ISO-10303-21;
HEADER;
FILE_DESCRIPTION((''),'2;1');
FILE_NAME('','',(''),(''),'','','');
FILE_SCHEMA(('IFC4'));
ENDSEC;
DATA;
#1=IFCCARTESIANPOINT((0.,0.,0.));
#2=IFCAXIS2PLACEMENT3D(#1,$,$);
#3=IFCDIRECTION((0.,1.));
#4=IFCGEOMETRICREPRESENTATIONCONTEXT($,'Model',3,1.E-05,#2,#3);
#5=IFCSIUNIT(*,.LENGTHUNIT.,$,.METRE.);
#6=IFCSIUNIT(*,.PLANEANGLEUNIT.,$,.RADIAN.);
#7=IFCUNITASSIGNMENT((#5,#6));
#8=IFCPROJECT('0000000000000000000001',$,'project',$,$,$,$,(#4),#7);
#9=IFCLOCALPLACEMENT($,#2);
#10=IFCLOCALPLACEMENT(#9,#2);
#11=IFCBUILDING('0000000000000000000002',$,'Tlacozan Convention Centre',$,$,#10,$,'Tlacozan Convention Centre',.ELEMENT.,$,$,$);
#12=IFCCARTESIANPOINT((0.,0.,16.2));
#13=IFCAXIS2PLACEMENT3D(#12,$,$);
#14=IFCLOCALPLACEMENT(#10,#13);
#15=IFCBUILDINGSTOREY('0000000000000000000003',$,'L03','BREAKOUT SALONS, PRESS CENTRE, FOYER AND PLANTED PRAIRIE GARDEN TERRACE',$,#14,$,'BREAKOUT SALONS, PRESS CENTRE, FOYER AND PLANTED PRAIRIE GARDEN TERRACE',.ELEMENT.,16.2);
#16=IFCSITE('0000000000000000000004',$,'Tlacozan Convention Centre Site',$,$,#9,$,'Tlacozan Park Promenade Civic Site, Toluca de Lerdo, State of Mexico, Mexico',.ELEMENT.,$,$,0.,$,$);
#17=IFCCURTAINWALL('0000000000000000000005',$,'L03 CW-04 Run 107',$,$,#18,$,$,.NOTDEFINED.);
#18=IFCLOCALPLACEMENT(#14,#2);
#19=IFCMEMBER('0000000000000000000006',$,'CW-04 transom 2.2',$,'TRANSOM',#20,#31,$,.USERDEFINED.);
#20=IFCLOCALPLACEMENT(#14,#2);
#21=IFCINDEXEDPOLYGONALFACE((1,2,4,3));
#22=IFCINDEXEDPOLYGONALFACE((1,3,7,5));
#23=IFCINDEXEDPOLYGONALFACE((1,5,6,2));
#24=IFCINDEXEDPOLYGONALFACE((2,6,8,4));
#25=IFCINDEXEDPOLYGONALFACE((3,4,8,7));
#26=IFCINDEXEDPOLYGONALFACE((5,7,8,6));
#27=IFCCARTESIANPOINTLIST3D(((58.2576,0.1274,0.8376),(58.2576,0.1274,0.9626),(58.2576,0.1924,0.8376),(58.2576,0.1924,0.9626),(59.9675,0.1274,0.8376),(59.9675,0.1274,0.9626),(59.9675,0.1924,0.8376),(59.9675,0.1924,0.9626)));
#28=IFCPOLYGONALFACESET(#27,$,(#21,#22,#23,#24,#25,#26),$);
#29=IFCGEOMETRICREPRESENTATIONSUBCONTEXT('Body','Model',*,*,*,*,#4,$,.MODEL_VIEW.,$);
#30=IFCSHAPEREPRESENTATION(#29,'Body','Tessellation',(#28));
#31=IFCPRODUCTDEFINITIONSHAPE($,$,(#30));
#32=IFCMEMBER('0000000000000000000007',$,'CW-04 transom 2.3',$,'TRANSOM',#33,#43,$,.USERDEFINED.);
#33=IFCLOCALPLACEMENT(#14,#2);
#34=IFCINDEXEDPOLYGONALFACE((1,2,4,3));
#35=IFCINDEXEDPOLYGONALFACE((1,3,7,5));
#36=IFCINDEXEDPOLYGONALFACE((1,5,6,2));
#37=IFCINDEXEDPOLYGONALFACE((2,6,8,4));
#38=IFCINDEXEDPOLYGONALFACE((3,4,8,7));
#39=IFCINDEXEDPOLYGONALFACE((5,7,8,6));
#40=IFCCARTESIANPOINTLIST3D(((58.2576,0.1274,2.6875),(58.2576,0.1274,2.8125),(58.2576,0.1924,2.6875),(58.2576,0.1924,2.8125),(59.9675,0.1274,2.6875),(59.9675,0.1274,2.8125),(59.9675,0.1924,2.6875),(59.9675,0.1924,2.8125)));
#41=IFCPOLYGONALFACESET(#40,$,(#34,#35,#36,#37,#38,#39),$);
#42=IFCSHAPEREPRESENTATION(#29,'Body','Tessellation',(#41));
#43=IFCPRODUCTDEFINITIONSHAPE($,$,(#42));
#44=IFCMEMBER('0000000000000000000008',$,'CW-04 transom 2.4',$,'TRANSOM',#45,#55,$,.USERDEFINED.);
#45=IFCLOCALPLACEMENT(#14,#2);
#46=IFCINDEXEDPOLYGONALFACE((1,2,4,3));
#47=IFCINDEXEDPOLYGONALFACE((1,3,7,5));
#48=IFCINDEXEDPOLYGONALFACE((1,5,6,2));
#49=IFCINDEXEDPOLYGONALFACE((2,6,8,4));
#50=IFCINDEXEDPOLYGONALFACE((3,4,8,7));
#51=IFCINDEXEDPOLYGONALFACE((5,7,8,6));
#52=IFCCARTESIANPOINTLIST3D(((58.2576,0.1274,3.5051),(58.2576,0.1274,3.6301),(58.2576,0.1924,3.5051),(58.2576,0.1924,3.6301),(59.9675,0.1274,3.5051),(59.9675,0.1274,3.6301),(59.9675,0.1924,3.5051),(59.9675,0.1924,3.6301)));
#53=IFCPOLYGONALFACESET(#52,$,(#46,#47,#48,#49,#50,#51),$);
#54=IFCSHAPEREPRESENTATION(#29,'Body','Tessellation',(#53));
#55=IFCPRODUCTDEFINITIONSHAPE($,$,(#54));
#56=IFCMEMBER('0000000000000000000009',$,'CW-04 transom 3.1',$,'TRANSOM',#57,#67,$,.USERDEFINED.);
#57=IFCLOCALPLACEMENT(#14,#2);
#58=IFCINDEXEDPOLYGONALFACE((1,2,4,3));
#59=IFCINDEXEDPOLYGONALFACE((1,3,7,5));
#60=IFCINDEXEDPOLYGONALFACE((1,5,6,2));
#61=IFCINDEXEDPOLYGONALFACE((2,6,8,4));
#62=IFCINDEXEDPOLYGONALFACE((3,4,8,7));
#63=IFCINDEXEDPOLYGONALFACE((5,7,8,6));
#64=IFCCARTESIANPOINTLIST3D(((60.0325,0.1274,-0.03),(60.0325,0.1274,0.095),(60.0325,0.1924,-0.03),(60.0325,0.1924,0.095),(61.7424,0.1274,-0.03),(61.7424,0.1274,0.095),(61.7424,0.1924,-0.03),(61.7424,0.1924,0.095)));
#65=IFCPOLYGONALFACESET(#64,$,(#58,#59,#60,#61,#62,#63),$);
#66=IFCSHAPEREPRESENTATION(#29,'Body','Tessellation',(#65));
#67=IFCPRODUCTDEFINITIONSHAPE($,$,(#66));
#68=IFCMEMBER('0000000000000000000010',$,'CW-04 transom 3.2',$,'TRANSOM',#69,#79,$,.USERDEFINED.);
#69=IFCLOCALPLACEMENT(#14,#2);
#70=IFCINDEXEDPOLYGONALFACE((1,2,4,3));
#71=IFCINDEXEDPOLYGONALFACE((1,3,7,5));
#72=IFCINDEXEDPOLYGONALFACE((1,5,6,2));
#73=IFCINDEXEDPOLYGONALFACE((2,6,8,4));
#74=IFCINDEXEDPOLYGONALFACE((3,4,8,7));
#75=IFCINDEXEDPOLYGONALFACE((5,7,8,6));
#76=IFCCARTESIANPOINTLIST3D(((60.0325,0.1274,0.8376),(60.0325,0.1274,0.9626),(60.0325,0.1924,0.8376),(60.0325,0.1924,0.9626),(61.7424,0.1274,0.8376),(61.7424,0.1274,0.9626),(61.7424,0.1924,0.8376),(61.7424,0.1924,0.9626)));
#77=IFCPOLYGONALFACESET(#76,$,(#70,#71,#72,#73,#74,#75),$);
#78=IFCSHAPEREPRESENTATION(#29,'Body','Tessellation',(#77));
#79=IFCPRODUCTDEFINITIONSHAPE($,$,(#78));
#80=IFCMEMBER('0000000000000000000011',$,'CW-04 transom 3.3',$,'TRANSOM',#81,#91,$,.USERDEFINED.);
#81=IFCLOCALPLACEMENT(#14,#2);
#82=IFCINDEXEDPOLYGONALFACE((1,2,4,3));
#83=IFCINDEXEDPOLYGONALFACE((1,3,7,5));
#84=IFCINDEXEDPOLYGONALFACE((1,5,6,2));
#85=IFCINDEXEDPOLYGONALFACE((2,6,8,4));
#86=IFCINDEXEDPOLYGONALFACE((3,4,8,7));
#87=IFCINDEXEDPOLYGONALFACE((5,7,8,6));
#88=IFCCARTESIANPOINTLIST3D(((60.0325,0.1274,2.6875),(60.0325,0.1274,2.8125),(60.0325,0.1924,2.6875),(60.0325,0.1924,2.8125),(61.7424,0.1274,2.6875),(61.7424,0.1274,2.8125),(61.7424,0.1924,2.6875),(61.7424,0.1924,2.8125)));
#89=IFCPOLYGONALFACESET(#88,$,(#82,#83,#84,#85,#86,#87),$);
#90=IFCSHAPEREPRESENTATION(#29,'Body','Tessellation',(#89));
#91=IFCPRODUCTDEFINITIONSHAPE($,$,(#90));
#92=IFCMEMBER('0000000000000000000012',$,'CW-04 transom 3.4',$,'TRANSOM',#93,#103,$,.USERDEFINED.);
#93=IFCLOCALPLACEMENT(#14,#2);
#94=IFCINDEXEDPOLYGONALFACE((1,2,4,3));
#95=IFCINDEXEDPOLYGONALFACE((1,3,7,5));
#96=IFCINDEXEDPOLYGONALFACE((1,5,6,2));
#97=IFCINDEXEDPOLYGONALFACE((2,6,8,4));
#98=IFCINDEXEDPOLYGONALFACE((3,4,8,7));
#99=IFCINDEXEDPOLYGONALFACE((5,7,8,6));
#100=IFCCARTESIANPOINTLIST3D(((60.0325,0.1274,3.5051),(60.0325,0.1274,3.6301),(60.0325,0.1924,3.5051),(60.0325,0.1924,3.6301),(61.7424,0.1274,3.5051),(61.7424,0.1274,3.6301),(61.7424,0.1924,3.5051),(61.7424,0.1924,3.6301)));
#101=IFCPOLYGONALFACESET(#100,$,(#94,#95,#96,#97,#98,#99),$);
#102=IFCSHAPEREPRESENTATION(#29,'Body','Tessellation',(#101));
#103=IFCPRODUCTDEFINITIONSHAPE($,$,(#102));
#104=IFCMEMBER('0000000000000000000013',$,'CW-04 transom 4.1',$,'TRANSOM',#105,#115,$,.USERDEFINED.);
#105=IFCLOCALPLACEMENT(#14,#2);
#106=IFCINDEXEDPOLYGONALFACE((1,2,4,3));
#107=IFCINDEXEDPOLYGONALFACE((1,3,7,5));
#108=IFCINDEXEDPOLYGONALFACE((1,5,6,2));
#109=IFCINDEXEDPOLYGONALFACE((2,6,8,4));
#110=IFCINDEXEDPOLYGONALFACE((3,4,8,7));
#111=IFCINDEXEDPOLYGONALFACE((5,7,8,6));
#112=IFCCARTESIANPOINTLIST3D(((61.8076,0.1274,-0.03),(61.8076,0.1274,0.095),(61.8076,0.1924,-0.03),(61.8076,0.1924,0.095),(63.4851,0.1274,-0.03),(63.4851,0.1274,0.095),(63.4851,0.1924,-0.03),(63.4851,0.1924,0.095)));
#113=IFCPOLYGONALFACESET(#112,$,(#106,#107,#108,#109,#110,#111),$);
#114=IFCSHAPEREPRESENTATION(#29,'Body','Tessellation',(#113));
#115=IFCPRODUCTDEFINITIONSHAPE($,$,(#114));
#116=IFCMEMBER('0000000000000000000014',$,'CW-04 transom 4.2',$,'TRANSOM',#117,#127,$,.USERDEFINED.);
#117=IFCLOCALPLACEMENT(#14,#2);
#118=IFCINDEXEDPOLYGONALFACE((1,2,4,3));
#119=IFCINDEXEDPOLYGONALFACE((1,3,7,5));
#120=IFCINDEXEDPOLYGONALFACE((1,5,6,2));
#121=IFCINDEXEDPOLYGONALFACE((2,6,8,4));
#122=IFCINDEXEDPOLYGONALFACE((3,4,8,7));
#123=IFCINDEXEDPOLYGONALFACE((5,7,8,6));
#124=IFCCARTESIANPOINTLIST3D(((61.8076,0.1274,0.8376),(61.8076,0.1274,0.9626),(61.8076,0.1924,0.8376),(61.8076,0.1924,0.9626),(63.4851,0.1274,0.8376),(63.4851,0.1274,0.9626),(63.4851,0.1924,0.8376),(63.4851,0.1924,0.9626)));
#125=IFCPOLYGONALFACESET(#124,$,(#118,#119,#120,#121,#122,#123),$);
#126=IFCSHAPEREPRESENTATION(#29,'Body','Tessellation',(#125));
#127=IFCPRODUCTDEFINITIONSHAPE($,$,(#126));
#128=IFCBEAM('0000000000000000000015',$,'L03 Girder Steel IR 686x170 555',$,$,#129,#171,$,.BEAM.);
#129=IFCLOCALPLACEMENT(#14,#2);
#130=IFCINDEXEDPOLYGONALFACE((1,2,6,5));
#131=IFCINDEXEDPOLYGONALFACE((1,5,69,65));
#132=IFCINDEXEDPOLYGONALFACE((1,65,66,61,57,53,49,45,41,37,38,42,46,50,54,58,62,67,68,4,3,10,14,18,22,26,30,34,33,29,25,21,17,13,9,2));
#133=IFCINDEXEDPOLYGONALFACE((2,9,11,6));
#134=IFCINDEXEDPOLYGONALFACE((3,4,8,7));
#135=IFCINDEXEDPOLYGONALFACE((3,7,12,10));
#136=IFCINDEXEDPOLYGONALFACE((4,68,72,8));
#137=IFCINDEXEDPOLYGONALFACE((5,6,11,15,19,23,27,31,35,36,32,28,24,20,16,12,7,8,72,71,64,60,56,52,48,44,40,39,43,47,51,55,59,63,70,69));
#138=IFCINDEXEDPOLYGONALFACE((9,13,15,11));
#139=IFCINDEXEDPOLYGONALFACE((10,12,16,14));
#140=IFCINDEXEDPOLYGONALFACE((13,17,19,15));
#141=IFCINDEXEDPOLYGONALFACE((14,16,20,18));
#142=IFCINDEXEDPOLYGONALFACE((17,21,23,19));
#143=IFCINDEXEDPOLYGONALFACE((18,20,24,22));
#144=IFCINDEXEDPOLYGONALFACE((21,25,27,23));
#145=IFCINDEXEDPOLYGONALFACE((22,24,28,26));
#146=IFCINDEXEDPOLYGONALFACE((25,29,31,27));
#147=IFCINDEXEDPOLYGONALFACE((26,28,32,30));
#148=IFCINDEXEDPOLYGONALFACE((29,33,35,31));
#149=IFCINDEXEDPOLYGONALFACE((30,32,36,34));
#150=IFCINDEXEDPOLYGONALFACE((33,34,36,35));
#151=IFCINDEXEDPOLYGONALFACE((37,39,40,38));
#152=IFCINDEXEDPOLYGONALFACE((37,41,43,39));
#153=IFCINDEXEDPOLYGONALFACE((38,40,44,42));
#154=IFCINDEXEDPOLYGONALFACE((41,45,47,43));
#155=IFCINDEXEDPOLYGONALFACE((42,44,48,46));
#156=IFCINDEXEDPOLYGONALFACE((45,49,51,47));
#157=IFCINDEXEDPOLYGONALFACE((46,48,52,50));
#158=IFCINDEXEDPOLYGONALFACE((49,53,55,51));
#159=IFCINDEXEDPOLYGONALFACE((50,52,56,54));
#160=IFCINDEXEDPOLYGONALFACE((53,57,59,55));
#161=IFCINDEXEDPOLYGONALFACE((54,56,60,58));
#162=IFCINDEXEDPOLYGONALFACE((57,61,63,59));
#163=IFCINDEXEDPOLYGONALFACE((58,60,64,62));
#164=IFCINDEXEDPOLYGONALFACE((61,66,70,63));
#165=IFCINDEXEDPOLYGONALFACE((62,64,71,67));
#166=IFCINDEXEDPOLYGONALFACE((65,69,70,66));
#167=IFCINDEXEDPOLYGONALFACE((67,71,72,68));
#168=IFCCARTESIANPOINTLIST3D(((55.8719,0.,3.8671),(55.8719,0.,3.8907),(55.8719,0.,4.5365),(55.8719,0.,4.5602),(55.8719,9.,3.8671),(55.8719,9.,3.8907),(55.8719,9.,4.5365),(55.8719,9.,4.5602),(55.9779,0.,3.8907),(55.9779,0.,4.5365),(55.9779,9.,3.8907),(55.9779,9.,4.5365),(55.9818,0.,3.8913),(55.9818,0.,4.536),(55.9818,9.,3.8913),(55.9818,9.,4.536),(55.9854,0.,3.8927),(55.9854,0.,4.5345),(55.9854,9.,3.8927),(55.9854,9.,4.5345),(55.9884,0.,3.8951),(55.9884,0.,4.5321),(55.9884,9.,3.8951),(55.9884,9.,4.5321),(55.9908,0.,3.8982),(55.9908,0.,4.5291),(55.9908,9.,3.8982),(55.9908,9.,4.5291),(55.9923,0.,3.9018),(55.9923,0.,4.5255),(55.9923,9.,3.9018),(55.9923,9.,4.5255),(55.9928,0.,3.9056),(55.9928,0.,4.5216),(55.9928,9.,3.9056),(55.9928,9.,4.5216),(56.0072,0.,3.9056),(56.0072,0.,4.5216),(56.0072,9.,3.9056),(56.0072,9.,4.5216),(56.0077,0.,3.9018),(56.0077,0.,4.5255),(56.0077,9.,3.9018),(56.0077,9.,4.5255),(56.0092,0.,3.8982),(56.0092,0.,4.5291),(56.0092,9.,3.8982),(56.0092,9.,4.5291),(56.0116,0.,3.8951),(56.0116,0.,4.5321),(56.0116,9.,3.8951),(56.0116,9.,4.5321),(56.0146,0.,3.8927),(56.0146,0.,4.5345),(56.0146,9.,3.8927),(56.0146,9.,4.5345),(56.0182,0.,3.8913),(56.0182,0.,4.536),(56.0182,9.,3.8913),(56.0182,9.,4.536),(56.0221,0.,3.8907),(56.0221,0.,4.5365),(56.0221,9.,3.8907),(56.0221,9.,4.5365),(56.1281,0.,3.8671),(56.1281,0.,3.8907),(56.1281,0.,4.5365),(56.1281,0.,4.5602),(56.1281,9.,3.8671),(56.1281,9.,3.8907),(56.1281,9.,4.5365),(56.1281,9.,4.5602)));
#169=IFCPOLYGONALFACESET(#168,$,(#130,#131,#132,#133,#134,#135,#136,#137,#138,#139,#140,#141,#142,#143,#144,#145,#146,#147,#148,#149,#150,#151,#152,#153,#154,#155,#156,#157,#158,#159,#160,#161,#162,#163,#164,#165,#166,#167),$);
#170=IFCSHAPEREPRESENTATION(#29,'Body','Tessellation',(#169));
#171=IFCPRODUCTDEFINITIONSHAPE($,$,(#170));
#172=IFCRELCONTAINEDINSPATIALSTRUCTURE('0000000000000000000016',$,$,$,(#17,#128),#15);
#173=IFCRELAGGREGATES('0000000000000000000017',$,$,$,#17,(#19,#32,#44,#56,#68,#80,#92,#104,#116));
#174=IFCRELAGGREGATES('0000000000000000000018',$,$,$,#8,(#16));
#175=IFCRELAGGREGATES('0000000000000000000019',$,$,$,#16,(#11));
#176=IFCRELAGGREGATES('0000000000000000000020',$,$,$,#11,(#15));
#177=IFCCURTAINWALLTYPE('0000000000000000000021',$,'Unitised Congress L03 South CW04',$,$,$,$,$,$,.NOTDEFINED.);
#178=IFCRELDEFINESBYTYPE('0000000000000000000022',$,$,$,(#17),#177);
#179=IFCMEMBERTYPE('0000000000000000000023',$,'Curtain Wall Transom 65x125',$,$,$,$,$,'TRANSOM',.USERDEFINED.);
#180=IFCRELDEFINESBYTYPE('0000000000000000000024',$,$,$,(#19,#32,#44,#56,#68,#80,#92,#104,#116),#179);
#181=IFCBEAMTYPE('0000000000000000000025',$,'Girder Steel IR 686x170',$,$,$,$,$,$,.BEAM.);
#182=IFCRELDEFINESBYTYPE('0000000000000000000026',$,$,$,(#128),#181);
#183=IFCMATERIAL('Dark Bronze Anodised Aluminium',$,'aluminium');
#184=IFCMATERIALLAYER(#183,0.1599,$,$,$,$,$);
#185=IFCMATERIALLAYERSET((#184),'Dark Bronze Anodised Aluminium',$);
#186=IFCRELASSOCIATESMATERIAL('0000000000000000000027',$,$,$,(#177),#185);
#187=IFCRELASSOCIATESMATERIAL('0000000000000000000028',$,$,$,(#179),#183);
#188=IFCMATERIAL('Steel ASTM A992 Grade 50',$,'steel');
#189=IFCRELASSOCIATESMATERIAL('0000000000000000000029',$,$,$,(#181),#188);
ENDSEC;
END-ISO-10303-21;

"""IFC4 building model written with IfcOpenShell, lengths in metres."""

from ifc_helpers import new_model, si_unit, direction, frame, origin, origin_2d, place, context, subcontext, project, spatial, rectangle, i_section, extrude, material, layer, layer_set, material_profile, profile_set, type_object, element, aggregate, save


model = new_model("IFC4")

# Units and contexts
model_context = context("Model", 3, precision=1e-05, world=origin(), true_north=direction((0.0, 1.0)))
body_context = subcontext(model_context, "Body", "Model", "MODEL_VIEW")
ifc_project = project(units=[si_unit("LENGTHUNIT", "METRE"), si_unit("PLANEANGLEUNIT", "RADIAN")], contexts=[model_context])

# Site, building, storey
site_placement = place(None, origin())
site = spatial("IfcSite", under=ifc_project, at=site_placement, Name="Tlacozan Convention Centre Site", LongName="Tlacozan Park Promenade Civic Site, Toluca de Lerdo, State of Mexico, Mexico", CompositionType="ELEMENT", RefElevation=0.0)
building_placement = place(site_placement, origin())
building = spatial("IfcBuilding", under=site, at=building_placement, Name="Tlacozan Convention Centre", LongName="Tlacozan Convention Centre", CompositionType="ELEMENT")
storey_placement = place(building_placement, frame((0.0, 0.0, 16.2)))
storey = spatial("IfcBuildingStorey", under=building, at=storey_placement, Name="L03", Description="BREAKOUT SALONS, PRESS CENTRE, FOYER AND PLANTED PRAIRIE GARDEN TERRACE", LongName="BREAKOUT SALONS, PRESS CENTRE, FOYER AND PLANTED PRAIRIE GARDEN TERRACE", CompositionType="ELEMENT", Elevation=16.2)

# Shared definitions
ifc_material_1 = material(Name="Dark Bronze Anodised Aluminium", Category="aluminium")
ifc_layer_1 = layer(ifc_material_1, 0.1599)
ifc_layer_set_1 = layer_set([ifc_layer_1], Name="Dark Bronze Anodised Aluminium")
curtain_wall_type = type_object("IfcCurtainWallType", Name="Unitised Congress L03 South CW04", PredefinedType="NOTDEFINED", material=ifc_layer_set_1)

# Curtain wall
curtain_wall_1_placement = place(storey_placement, origin())
curtain_wall_1 = element("IfcCurtainWall", 1, at=curtain_wall_1_placement, inside=storey, type_object=curtain_wall_type, Name="L03 CW-04 Run 107", PredefinedType="NOTDEFINED")

# Members
ifc_material_profile_1 = material_profile(ifc_material_1, rectangle(XDim=0.0649, YDim=0.125, at=origin_2d()), Name="ALU 65x125")
ifc_profile_set_1 = profile_set([ifc_material_profile_1], Name="Dark Bronze Anodised Aluminium")
member_type_1 = type_object("IfcMemberType", Name="Curtain Wall Transom 65x125", ElementType="TRANSOM", PredefinedType="USERDEFINED", material=ifc_profile_set_1)
member_1_placement = place(storey_placement, frame((58.2576, 0.1599, 0.9001), z_axis=(1.0, 0.0, 0.0), x_axis=(0.0, 1.0, 0.0)))
member_1 = element("IfcMember", 2, at=member_1_placement, type_object=member_type_1, Name="CW-04 transom 2.2", ObjectType="TRANSOM", PredefinedType="USERDEFINED", context=body_context, shape_type="SweptSolid", body=[
    extrude(rectangle(XDim=0.0649, YDim=0.125, at=origin_2d()), origin(), (0.0, 0.0, 1.0), 1.71),
])
member_2_placement = place(storey_placement, frame((58.2576, 0.1599, 2.75), z_axis=(1.0, 0.0, 0.0), x_axis=(0.0, 1.0, 0.0)))
member_2 = element("IfcMember", 3, at=member_2_placement, type_object=member_type_1, Name="CW-04 transom 2.3", ObjectType="TRANSOM", PredefinedType="USERDEFINED", context=body_context, shape_type="SweptSolid", body=[
    extrude(rectangle(XDim=0.0649, YDim=0.125, at=origin_2d()), origin(), (0.0, 0.0, 1.0), 1.71),
])
member_3_placement = place(storey_placement, frame((58.2576, 0.1599, 3.5676), z_axis=(1.0, 0.0, 0.0), x_axis=(0.0, 1.0, 0.0)))
member_3 = element("IfcMember", 4, at=member_3_placement, type_object=member_type_1, Name="CW-04 transom 2.4", ObjectType="TRANSOM", PredefinedType="USERDEFINED", context=body_context, shape_type="SweptSolid", body=[
    extrude(rectangle(XDim=0.0649, YDim=0.125, at=origin_2d()), origin(), (0.0, 0.0, 1.0), 1.71),
])
member_4_placement = place(storey_placement, frame((60.0325, 0.1599, 0.0325), z_axis=(1.0, 0.0, 0.0), x_axis=(0.0, 1.0, 0.0)))
member_4 = element("IfcMember", 5, at=member_4_placement, type_object=member_type_1, Name="CW-04 transom 3.1", ObjectType="TRANSOM", PredefinedType="USERDEFINED", context=body_context, shape_type="SweptSolid", body=[
    extrude(rectangle(XDim=0.0649, YDim=0.125, at=origin_2d()), origin(), (0.0, 0.0, 1.0), 1.71),
])
member_5_placement = place(storey_placement, frame((60.0325, 0.1599, 0.9001), z_axis=(1.0, 0.0, 0.0), x_axis=(0.0, 1.0, 0.0)))
member_5 = element("IfcMember", 6, at=member_5_placement, type_object=member_type_1, Name="CW-04 transom 3.2", ObjectType="TRANSOM", PredefinedType="USERDEFINED", context=body_context, shape_type="SweptSolid", body=[
    extrude(rectangle(XDim=0.0649, YDim=0.125, at=origin_2d()), origin(), (0.0, 0.0, 1.0), 1.71),
])
member_6_placement = place(storey_placement, frame((60.0325, 0.1599, 2.75), z_axis=(1.0, 0.0, 0.0), x_axis=(0.0, 1.0, 0.0)))
member_6 = element("IfcMember", 7, at=member_6_placement, type_object=member_type_1, Name="CW-04 transom 3.3", ObjectType="TRANSOM", PredefinedType="USERDEFINED", context=body_context, shape_type="SweptSolid", body=[
    extrude(rectangle(XDim=0.0649, YDim=0.125, at=origin_2d()), origin(), (0.0, 0.0, 1.0), 1.71),
])
member_7_placement = place(storey_placement, frame((60.0325, 0.1599, 3.5676), z_axis=(1.0, 0.0, 0.0), x_axis=(0.0, 1.0, 0.0)))
member_7 = element("IfcMember", 8, at=member_7_placement, type_object=member_type_1, Name="CW-04 transom 3.4", ObjectType="TRANSOM", PredefinedType="USERDEFINED", context=body_context, shape_type="SweptSolid", body=[
    extrude(rectangle(XDim=0.0649, YDim=0.125, at=origin_2d()), origin(), (0.0, 0.0, 1.0), 1.71),
])
member_8_placement = place(storey_placement, frame((61.8076, 0.1599, 0.0325), z_axis=(1.0, 0.0, 0.0), x_axis=(0.0, 1.0, 0.0)))
member_8 = element("IfcMember", 9, at=member_8_placement, type_object=member_type_1, Name="CW-04 transom 4.1", ObjectType="TRANSOM", PredefinedType="USERDEFINED", context=body_context, shape_type="SweptSolid", body=[
    extrude(rectangle(XDim=0.0649, YDim=0.125, at=origin_2d()), origin(), (0.0, 0.0, 1.0), 1.6775),
])
member_9_placement = place(storey_placement, frame((61.8076, 0.1599, 0.9001), z_axis=(1.0, 0.0, 0.0), x_axis=(0.0, 1.0, 0.0)))
member_9 = element("IfcMember", 10, at=member_9_placement, type_object=member_type_1, Name="CW-04 transom 4.2", ObjectType="TRANSOM", PredefinedType="USERDEFINED", context=body_context, shape_type="SweptSolid", body=[
    extrude(rectangle(XDim=0.0649, YDim=0.125, at=origin_2d()), origin(), (0.0, 0.0, 1.0), 1.6775),
])

# Beam
ifc_material_2 = material(Name="Steel ASTM A992 Grade 50", Category="steel")
ifc_material_profile_2 = material_profile(ifc_material_2, i_section(OverallWidth=0.2561, OverallDepth=0.6931, WebThickness=0.0144, FlangeThickness=0.0237, FilletRadius=0.0149, at=origin_2d()), Name="IR 686x170.0")
ifc_profile_set_2 = profile_set([ifc_material_profile_2], Name="Steel ASTM A992 Grade 50")
beam_type_1 = type_object("IfcBeamType", Name="Girder Steel IR 686x170", PredefinedType="BEAM", material=ifc_profile_set_2)
beam_1_placement = place(storey_placement, frame((56.0, 0.0, 4.2136), z_axis=(0.0, 1.0, 0.0), x_axis=(-1.0, 0.0, 0.0)))
element("IfcBeam", 11, at=beam_1_placement, inside=storey, type_object=beam_type_1, Name="L03 Girder Steel IR 686x170 555", PredefinedType="BEAM", context=body_context, shape_type="SweptSolid", body=[
    extrude(i_section(OverallWidth=0.2561, OverallDepth=0.6931, WebThickness=0.0144, FlangeThickness=0.0237, FilletRadius=0.0149, at=origin_2d()), origin(), (0.0, 0.0, 1.0), 9.0),
])

aggregate(curtain_wall_1, [member_1, member_2, member_3, member_4, member_5, member_6, member_7, member_8, member_9])

save(model, "model.ifc")
